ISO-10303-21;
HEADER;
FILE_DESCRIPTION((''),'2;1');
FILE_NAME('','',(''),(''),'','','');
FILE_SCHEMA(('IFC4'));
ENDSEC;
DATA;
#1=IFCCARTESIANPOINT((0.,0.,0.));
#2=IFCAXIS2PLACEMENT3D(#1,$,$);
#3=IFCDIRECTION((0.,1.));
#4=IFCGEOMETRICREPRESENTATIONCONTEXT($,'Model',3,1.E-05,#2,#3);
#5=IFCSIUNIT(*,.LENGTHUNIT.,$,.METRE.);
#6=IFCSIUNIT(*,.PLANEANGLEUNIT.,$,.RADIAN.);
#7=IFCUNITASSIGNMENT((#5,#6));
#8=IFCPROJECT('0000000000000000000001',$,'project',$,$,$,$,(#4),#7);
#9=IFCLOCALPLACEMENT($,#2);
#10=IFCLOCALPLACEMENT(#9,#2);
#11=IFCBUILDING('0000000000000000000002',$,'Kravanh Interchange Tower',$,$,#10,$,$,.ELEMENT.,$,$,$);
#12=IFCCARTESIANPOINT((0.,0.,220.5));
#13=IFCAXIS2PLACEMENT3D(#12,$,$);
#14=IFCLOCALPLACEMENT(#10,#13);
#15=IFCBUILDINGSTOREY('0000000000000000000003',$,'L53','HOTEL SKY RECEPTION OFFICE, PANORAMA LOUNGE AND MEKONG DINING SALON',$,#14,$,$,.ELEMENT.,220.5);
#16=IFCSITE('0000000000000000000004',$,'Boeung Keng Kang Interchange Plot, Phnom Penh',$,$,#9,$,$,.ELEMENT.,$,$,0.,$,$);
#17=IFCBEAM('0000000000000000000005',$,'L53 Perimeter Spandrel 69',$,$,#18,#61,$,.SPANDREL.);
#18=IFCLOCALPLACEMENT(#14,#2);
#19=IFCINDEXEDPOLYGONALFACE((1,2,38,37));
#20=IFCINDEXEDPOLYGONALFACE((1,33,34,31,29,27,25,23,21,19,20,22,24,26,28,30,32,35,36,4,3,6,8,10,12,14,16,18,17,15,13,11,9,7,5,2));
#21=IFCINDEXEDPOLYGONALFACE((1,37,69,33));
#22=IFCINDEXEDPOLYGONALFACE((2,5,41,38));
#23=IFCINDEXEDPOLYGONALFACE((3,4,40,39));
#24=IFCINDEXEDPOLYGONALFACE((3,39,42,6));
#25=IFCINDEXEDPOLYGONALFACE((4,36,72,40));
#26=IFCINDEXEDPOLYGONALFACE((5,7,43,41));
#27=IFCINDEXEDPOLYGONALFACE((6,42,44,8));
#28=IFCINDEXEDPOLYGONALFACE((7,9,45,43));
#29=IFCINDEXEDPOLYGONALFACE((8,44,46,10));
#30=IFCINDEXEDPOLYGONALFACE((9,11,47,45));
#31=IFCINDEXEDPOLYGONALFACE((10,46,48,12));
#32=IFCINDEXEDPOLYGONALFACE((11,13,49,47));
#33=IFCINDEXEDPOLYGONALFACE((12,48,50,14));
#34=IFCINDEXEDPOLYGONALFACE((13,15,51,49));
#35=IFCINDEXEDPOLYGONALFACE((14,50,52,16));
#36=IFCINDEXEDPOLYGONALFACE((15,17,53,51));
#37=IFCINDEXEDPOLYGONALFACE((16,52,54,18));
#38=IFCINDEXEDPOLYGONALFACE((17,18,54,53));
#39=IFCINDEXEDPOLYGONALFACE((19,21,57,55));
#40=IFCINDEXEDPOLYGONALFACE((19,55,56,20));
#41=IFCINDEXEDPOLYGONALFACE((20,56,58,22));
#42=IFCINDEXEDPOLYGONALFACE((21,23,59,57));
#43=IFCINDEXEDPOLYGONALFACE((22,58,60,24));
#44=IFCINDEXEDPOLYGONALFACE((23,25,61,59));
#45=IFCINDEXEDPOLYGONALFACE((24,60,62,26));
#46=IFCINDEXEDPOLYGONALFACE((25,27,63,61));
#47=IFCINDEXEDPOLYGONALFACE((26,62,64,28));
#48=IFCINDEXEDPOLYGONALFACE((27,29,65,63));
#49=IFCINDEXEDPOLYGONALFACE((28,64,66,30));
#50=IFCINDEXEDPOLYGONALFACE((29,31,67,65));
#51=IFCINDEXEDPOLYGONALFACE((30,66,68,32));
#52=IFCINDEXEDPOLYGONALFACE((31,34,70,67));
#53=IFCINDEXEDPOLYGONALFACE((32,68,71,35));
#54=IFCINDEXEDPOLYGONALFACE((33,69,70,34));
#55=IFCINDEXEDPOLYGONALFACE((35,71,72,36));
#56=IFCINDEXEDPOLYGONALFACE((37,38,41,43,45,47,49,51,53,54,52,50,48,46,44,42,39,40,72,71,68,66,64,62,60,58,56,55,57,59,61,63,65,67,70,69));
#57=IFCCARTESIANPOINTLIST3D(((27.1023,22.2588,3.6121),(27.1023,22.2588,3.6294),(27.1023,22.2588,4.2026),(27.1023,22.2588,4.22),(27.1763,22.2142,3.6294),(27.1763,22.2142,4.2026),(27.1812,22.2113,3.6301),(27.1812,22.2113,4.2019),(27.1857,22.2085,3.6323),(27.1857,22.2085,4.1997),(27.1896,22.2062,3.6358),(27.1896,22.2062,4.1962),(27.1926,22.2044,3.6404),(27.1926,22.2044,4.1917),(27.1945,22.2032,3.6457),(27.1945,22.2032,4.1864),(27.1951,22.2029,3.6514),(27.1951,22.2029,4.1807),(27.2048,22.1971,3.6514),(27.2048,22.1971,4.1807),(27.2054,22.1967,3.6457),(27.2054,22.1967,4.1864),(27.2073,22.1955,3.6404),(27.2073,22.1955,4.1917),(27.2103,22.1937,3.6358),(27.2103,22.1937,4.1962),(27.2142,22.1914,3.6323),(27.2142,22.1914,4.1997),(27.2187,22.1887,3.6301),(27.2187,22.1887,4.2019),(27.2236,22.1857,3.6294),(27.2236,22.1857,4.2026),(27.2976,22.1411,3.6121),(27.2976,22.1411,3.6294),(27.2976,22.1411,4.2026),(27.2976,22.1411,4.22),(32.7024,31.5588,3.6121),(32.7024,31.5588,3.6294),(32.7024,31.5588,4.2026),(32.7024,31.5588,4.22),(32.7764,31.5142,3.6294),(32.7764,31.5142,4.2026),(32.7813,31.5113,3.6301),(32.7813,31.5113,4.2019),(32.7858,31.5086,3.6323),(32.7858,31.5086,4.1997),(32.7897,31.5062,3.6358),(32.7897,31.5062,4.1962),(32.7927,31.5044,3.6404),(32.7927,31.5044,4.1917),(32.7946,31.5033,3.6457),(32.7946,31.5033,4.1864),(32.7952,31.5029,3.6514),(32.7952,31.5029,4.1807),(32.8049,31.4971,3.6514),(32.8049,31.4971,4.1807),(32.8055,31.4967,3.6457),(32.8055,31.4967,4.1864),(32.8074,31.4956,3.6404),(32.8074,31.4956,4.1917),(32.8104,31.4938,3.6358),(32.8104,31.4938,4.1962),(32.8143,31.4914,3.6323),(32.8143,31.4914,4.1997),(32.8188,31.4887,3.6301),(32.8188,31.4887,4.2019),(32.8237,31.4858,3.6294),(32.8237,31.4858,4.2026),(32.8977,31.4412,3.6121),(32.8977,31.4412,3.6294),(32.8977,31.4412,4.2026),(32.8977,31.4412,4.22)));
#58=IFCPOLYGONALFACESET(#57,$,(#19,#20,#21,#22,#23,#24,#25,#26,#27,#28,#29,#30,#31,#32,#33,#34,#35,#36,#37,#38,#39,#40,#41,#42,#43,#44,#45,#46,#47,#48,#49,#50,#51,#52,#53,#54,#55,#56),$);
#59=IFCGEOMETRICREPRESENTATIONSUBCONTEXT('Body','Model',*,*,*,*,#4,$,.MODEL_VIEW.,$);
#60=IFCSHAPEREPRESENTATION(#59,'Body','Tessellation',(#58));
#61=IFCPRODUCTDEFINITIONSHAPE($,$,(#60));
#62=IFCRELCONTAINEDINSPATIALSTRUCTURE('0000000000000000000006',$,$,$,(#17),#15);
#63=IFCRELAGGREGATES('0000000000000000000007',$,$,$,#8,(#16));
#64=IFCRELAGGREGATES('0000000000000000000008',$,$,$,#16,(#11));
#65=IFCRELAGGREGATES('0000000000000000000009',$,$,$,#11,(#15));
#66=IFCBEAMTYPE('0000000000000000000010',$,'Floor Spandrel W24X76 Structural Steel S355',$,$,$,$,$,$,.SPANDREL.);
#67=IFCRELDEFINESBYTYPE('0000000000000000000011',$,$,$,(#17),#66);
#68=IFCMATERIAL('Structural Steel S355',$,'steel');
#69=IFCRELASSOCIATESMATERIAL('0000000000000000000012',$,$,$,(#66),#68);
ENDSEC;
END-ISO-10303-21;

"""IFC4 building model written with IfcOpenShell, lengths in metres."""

from ifc_helpers import new_model, si_unit, direction, frame, origin, origin_2d, place, context, subcontext, project, spatial, i_section, extrude, material, material_profile, profile_set, type_object, element, save


model = new_model("IFC4")

# Units and contexts
model_context = context("Model", 3, precision=1e-05, world=origin(), true_north=direction((0.0, 1.0)))
body_context = subcontext(model_context, "Body", "Model", "MODEL_VIEW")
ifc_project = project(units=[si_unit("LENGTHUNIT", "METRE"), si_unit("PLANEANGLEUNIT", "RADIAN")], contexts=[model_context])

# Site, building, storey
site_placement = place(None, origin())
site = spatial("IfcSite", under=ifc_project, at=site_placement, Name="Boeung Keng Kang Interchange Plot, Phnom Penh", CompositionType="ELEMENT", RefElevation=0.0)
building_placement = place(site_placement, origin())
building = spatial("IfcBuilding", under=site, at=building_placement, Name="Kravanh Interchange Tower", CompositionType="ELEMENT")
storey_placement = place(building_placement, frame((0.0, 0.0, 220.5)))
storey = spatial("IfcBuildingStorey", under=building, at=storey_placement, Name="L53", Description="HOTEL SKY RECEPTION OFFICE, PANORAMA LOUNGE AND MEKONG DINING SALON", CompositionType="ELEMENT", Elevation=220.5)

# Beam
ifc_material_1 = material(Name="Structural Steel S355", Category="steel")
ifc_material_profile_1 = material_profile(ifc_material_1, i_section(OverallWidth=0.228, OverallDepth=0.6079, WebThickness=0.0112, FlangeThickness=0.0173, FilletRadius=0.022, at=origin_2d()), Name="W24X76")
ifc_profile_set_1 = profile_set([ifc_material_profile_1], Name="Structural Steel S355")
beam_type_1 = type_object("IfcBeamType", Name="Floor Spandrel W24X76 Structural Steel S355", PredefinedType="SPANDREL", material=ifc_profile_set_1)
beam_1_placement = place(storey_placement, frame((32.8, 31.5, 3.916), z_axis=(-0.515854, -0.856676, 0.0), x_axis=(0.856676, -0.515854, 0.0)))
element("IfcBeam", 1, at=beam_1_placement, inside=storey, type_object=beam_type_1, Name="L53 Perimeter Spandrel 69", PredefinedType="SPANDREL", context=body_context, shape_type="SweptSolid", body=[
    extrude(i_section(OverallWidth=0.228, OverallDepth=0.6079, WebThickness=0.0112, FlangeThickness=0.0173, FilletRadius=0.022, at=origin_2d()), origin(), (0.0, 0.0, 1.0), 10.856),
])

save(model, "model.ifc")
